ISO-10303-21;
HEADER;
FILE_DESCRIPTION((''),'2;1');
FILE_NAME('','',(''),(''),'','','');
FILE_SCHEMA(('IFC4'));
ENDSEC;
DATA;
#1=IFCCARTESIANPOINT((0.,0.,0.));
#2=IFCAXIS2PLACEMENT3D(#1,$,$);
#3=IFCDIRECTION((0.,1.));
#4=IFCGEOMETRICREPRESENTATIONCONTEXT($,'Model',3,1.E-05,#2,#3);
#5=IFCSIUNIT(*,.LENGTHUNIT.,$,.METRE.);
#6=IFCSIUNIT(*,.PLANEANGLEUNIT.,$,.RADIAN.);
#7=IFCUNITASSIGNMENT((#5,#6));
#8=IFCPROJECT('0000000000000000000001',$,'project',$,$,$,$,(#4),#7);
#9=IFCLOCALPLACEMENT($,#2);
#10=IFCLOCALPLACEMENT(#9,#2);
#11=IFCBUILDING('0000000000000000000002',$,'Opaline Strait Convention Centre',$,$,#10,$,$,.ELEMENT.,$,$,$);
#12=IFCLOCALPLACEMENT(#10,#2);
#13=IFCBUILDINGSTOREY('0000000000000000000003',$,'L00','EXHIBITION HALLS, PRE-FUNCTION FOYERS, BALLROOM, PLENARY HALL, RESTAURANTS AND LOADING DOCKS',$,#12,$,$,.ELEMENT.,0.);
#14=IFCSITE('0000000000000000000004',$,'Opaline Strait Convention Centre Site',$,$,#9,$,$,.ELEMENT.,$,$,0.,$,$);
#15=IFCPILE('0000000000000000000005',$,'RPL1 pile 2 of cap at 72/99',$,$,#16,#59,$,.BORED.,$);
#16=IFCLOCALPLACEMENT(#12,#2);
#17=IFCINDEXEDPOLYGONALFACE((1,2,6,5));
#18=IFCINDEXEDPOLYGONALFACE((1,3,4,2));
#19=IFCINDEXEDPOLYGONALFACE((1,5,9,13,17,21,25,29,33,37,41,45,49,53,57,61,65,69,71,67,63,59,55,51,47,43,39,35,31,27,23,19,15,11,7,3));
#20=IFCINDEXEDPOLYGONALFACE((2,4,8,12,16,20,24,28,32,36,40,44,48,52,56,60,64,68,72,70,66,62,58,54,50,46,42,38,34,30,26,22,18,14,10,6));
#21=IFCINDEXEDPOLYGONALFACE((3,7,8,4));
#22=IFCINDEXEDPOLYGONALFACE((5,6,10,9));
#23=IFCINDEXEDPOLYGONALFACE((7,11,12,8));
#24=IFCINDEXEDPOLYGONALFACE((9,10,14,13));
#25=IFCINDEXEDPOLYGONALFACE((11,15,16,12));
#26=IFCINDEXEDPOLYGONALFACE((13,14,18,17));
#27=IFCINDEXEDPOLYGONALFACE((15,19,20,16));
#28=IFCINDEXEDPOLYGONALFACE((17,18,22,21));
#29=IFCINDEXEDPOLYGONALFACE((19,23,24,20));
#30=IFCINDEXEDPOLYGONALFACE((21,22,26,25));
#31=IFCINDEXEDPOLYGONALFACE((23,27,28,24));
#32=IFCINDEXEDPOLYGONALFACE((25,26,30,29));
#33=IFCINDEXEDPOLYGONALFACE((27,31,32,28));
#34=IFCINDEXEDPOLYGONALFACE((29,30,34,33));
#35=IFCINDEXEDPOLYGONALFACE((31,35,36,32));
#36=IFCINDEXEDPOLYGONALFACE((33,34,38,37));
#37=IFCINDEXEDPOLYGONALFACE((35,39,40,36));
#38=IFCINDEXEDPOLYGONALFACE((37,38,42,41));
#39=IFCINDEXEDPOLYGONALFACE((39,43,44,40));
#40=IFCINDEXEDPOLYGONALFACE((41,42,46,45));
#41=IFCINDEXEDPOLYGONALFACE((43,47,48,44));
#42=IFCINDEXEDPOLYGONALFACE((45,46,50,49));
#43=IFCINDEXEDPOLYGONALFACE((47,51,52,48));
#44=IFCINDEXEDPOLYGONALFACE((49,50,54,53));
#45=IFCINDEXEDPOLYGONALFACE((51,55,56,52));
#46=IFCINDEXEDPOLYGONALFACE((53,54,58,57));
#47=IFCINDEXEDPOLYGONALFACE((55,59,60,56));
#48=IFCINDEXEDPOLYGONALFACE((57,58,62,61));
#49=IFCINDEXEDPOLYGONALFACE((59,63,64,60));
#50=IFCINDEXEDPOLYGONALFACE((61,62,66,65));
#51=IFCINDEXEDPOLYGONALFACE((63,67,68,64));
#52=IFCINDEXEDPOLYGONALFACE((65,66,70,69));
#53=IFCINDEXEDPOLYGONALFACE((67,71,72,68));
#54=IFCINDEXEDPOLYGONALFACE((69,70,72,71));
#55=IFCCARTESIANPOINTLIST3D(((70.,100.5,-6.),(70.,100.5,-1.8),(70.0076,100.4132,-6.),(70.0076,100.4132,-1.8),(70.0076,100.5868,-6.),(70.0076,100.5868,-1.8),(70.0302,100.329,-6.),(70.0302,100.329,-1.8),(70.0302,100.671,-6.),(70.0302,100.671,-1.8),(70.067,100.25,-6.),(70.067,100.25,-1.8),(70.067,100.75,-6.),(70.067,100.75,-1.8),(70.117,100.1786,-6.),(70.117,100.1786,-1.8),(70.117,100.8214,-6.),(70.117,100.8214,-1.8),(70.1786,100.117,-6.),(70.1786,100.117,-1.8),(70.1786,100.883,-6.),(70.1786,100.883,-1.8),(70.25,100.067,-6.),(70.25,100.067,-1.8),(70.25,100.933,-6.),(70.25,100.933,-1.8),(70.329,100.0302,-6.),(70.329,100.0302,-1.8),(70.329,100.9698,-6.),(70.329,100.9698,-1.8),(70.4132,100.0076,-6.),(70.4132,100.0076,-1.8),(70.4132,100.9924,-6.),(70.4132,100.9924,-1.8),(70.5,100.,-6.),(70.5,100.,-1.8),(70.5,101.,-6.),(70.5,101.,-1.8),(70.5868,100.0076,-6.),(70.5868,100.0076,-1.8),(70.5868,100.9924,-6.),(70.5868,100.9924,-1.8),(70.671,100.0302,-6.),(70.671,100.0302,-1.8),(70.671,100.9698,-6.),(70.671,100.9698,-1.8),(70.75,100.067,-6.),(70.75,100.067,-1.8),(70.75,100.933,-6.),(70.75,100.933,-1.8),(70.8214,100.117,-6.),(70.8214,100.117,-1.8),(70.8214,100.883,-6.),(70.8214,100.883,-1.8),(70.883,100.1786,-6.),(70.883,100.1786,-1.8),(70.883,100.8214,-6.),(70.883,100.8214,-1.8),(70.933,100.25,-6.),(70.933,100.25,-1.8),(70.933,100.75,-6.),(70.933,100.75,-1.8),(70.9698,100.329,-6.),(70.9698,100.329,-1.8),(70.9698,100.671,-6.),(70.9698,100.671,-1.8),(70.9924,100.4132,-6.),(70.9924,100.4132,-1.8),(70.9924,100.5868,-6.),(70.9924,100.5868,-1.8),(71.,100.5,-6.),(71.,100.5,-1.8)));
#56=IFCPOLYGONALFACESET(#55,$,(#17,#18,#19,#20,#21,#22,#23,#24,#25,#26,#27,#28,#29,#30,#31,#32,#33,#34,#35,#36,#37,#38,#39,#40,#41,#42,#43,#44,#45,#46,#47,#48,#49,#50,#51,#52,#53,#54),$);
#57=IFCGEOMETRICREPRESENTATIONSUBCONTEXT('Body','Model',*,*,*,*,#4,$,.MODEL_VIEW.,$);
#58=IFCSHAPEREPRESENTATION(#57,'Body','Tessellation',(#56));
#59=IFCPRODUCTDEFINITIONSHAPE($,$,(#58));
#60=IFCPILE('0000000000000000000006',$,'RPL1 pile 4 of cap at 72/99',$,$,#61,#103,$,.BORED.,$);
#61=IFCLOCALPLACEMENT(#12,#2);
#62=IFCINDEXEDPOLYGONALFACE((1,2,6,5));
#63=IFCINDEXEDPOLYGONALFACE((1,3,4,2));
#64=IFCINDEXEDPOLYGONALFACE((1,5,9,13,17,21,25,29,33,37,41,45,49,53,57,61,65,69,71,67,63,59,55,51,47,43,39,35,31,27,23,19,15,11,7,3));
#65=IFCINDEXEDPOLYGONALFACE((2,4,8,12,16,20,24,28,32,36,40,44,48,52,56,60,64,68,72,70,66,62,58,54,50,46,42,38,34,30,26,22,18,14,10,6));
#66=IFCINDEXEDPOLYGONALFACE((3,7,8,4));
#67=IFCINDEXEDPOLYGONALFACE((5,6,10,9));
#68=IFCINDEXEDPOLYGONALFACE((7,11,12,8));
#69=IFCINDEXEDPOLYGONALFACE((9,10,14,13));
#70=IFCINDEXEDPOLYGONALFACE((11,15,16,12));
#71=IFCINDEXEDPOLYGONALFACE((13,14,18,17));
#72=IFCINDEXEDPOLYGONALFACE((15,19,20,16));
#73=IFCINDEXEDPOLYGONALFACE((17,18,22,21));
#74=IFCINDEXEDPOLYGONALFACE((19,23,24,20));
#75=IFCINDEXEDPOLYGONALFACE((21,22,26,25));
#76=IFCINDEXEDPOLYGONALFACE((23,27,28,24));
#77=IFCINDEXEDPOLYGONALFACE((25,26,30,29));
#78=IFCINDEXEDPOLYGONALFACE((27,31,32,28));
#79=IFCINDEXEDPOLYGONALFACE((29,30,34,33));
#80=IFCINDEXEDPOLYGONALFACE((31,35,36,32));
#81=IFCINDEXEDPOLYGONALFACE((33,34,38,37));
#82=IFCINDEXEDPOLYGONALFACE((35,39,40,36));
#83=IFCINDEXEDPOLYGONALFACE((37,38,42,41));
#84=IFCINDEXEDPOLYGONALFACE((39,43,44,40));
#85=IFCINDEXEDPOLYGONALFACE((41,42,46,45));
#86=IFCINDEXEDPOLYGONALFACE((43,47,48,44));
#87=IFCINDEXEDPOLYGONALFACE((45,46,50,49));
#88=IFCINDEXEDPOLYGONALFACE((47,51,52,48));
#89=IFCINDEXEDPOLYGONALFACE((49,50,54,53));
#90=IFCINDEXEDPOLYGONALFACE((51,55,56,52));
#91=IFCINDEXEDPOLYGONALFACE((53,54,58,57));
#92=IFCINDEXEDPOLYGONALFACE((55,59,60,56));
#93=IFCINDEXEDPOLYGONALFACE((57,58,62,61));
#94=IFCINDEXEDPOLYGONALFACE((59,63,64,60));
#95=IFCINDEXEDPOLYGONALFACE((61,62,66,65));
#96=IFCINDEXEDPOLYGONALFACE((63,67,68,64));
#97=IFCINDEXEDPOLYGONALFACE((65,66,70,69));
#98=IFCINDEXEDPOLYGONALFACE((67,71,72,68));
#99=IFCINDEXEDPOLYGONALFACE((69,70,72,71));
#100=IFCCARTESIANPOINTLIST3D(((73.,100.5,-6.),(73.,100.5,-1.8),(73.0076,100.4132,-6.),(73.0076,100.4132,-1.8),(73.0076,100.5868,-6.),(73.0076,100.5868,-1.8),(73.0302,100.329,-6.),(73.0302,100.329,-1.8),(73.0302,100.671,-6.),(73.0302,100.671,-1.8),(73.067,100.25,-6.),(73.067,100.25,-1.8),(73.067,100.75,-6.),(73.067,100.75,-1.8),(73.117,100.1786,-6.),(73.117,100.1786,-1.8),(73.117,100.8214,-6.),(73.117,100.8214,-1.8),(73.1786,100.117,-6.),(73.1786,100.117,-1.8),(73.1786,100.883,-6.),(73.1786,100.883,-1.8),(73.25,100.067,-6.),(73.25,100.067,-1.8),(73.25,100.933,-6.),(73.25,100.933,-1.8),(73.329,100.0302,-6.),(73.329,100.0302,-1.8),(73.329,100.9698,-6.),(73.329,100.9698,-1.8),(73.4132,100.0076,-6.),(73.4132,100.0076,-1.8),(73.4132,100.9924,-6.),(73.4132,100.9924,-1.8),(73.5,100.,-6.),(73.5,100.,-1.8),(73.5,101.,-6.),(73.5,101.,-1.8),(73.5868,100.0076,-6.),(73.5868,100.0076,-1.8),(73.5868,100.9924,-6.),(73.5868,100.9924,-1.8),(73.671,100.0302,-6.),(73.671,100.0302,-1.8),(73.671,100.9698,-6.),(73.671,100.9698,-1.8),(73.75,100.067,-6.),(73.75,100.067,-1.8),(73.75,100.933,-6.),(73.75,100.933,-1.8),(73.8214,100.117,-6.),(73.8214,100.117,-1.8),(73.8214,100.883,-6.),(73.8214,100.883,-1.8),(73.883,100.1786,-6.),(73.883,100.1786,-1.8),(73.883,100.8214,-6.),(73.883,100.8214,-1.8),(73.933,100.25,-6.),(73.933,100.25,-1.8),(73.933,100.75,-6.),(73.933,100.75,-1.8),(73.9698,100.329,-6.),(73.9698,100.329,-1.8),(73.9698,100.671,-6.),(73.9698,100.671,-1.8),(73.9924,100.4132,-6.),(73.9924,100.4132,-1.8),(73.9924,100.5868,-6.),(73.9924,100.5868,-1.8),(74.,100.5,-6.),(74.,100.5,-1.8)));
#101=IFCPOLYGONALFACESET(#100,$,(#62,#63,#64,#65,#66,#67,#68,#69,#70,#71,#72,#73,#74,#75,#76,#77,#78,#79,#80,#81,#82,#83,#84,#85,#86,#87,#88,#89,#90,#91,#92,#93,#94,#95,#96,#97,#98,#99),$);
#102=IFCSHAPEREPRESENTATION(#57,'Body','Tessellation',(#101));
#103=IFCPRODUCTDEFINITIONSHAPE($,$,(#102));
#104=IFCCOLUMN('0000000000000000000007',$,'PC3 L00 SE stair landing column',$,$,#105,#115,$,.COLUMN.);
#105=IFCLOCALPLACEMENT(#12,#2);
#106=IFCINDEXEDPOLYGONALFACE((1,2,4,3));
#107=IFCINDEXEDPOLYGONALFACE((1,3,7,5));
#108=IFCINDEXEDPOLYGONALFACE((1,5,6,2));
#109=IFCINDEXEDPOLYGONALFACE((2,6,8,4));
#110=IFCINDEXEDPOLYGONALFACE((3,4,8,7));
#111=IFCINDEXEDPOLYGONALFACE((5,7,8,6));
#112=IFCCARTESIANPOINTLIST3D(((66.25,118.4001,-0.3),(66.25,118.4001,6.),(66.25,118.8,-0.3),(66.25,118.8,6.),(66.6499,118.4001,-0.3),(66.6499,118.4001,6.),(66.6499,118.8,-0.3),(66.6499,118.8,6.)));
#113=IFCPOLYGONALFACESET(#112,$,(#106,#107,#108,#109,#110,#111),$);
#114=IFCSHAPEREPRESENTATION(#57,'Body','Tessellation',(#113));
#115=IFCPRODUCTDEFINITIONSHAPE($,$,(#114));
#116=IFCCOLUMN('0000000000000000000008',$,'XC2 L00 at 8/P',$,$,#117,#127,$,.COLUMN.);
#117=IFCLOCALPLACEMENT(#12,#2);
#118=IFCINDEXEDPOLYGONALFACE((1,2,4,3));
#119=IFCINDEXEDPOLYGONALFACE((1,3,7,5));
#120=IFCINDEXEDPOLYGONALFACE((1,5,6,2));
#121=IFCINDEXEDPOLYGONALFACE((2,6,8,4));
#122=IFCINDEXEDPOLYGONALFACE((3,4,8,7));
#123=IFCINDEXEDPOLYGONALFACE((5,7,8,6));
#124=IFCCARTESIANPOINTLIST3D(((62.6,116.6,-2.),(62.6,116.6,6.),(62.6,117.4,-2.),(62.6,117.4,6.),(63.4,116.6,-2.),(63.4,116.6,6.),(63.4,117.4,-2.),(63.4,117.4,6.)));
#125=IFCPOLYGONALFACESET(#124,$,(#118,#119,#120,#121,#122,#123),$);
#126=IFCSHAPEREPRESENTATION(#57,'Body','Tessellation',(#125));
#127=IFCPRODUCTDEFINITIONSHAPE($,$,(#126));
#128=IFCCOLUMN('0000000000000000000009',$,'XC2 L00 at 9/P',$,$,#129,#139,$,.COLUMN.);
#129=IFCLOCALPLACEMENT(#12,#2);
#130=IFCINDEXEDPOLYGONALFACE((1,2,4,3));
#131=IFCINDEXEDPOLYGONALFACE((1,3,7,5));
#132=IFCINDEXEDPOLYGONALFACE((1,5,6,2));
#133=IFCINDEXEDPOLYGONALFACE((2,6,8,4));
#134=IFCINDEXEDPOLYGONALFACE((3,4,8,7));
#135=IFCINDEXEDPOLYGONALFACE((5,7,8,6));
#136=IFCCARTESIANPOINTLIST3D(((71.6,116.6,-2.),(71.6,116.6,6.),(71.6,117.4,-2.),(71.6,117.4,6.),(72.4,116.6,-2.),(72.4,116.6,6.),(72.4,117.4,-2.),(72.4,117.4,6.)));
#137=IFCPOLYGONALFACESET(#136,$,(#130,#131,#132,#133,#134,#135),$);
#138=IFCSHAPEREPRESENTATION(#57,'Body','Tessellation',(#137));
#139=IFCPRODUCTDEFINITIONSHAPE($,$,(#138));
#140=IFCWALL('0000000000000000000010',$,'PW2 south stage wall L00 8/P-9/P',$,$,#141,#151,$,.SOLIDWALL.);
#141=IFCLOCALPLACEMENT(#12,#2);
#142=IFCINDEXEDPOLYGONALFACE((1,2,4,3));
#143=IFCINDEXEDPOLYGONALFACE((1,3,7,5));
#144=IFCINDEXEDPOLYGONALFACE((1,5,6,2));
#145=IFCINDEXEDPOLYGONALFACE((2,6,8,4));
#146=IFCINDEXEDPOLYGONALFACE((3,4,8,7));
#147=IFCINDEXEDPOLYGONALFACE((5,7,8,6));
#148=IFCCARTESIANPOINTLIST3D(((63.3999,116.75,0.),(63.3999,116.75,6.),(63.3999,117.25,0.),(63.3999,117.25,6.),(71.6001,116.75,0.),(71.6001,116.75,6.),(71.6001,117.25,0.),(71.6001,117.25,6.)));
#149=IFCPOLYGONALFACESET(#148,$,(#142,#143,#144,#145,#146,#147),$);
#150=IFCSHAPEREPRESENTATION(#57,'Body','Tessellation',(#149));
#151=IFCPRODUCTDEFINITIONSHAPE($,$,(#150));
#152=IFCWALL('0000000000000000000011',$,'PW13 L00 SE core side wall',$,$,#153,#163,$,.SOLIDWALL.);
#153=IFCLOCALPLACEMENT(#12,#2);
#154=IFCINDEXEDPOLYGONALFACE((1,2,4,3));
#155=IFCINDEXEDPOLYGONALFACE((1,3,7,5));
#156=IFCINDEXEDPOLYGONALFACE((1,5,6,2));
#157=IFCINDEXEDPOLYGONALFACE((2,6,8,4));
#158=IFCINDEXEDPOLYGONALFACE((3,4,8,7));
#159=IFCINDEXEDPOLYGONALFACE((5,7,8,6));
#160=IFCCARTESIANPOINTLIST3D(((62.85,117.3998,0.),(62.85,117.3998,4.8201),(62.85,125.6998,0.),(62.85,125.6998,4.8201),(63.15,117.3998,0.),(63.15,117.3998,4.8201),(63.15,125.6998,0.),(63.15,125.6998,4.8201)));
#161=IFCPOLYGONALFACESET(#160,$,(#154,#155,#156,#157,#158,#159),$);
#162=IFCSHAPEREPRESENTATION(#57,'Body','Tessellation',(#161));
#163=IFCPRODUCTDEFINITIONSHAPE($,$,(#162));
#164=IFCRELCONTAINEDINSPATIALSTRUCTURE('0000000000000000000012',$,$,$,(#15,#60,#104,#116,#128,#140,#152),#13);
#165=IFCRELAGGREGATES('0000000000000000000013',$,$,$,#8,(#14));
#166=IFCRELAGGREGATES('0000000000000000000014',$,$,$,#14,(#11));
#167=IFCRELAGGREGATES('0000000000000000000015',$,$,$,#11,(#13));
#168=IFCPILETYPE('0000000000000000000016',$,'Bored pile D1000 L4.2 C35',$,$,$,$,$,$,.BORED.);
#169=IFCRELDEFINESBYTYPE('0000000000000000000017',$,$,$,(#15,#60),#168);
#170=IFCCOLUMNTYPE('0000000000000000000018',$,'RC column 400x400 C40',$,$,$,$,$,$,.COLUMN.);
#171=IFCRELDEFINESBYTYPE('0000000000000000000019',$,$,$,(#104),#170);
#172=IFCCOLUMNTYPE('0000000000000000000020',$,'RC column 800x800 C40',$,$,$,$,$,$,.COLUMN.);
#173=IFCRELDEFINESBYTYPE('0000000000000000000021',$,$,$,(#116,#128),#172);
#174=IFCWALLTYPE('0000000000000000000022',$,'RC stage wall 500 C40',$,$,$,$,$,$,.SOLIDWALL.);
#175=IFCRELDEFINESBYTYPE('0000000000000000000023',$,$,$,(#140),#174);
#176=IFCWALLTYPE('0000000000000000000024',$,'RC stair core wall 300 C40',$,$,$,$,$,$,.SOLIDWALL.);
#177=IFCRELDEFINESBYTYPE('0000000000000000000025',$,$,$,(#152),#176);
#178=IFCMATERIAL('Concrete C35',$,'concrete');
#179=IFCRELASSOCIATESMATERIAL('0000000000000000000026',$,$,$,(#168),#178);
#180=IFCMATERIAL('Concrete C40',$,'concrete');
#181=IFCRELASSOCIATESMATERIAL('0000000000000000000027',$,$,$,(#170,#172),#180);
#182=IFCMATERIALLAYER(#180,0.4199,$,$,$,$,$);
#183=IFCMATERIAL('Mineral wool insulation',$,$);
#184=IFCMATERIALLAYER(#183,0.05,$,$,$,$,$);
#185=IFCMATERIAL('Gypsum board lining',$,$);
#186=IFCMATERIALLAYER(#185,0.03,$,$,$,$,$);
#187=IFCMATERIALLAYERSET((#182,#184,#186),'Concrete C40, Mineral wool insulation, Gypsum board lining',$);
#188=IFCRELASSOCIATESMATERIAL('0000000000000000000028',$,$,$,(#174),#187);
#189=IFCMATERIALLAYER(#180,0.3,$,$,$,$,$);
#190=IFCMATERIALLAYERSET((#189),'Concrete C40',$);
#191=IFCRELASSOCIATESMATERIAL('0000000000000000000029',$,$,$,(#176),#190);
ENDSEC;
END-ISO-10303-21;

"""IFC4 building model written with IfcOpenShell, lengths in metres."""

from ifc_helpers import new_model, si_unit, direction, frame, frame_2d, origin, origin_2d, place, context, subcontext, project, spatial, rectangle, circle, extrude, material, layer, layer_set, material_profile, profile_set, type_object, element, save


model = new_model("IFC4")

# Units and contexts
model_context = context("Model", 3, precision=1e-05, world=origin(), true_north=direction((0.0, 1.0)))
body_context = subcontext(model_context, "Body", "Model", "MODEL_VIEW")
ifc_project = project(units=[si_unit("LENGTHUNIT", "METRE"), si_unit("PLANEANGLEUNIT", "RADIAN")], contexts=[model_context])

# Site, building, storey
site_placement = place(None, origin())
site = spatial("IfcSite", under=ifc_project, at=site_placement, Name="Opaline Strait Convention Centre Site", CompositionType="ELEMENT", RefElevation=0.0)
building_placement = place(site_placement, origin())
building = spatial("IfcBuilding", under=site, at=building_placement, Name="Opaline Strait Convention Centre", CompositionType="ELEMENT")
storey_placement = place(building_placement, origin())
storey = spatial("IfcBuildingStorey", under=building, at=storey_placement, Name="L00", Description="EXHIBITION HALLS, PRE-FUNCTION FOYERS, BALLROOM, PLENARY HALL, RESTAURANTS AND LOADING DOCKS", CompositionType="ELEMENT", Elevation=0.0)

# Piles
ifc_material_1 = material(Name="Concrete C35", Category="concrete")
ifc_material_profile_1 = material_profile(ifc_material_1, circle(Radius=0.5, at=origin_2d()), Name="D1000")
ifc_profile_set_1 = profile_set([ifc_material_profile_1], Name="Concrete C35")
pile_type_1 = type_object("IfcPileType", Name="Bored pile D1000 L4.2 C35", PredefinedType="BORED", material=ifc_profile_set_1)
for number, where, z_axis, x_axis, name in (
    (1, (70.5, 100.5, -1.8), (0.0, 0.0, -1.0), (1.0, 0.0, 0.0), "RPL1 pile 2 of cap at 72/99"),
    (2, (73.5, 100.5, -1.8), (0.0, 0.0, -1.0), (1.0, 0.0, 0.0), "RPL1 pile 4 of cap at 72/99"),
):
    element("IfcPile", number, at=place(storey_placement, frame(where, z_axis=z_axis, x_axis=x_axis)), inside=storey, type_object=pile_type_1, Name=name, PredefinedType="BORED", context=body_context, shape_type="SweptSolid", body=[
        extrude(circle(Radius=0.5, at=origin_2d()), origin(), (0.0, 0.0, 1.0), 4.2),
    ])

# Columns
ifc_material_2 = material(Name="Concrete C40", Category="concrete")
ifc_material_profile_2 = material_profile(ifc_material_2, rectangle(XDim=0.3999, YDim=0.3999, at=origin_2d()), Name="RC 400x400")
ifc_profile_set_2 = profile_set([ifc_material_profile_2], Name="Concrete C40")
column_type_1 = type_object("IfcColumnType", Name="RC column 400x400 C40", PredefinedType="COLUMN", material=ifc_profile_set_2)
column_placement = place(storey_placement, frame((66.45, 118.6001, -0.3), z_axis=(0.0, 0.0, 1.0), x_axis=(1.0, 0.0, 0.0)))
element("IfcColumn", 3, at=column_placement, inside=storey, type_object=column_type_1, Name="PC3 L00 SE stair landing column", PredefinedType="COLUMN", context=body_context, shape_type="SweptSolid", body=[
    extrude(rectangle(XDim=0.3999, YDim=0.3999, at=origin_2d()), origin(), (0.0, 0.0, 1.0), 6.3),
])
ifc_material_profile_3 = material_profile(ifc_material_2, rectangle(XDim=0.8, YDim=0.8, at=origin_2d()), Name="RC 800x800")
ifc_profile_set_3 = profile_set([ifc_material_profile_3], Name="Concrete C40")
column_type_2 = type_object("IfcColumnType", Name="RC column 800x800 C40", PredefinedType="COLUMN", material=ifc_profile_set_3)
for number, where, z_axis, x_axis, name in (
    (4, (63.0, 117.0, -2.0), (0.0, 0.0, 1.0), (1.0, 0.0, 0.0), "XC2 L00 at 8/P"),
    (5, (72.0, 117.0, -2.0), (0.0, 0.0, 1.0), (1.0, 0.0, 0.0), "XC2 L00 at 9/P"),
):
    element("IfcColumn", number, at=place(storey_placement, frame(where, z_axis=z_axis, x_axis=x_axis)), inside=storey, type_object=column_type_2, Name=name, PredefinedType="COLUMN", context=body_context, shape_type="SweptSolid", body=[
        extrude(rectangle(XDim=0.8, YDim=0.8, at=origin_2d()), origin(), (0.0, 0.0, 1.0), 8.0),
    ])

# Shared definitions
ifc_material_3 = material(Name="Mineral wool insulation")
ifc_material_4 = material(Name="Gypsum board lining")

# Walls
ifc_layer_1 = layer(ifc_material_2, 0.4199)
ifc_layer_2 = layer(ifc_material_3, 0.05)
ifc_layer_3 = layer(ifc_material_4, 0.03)
ifc_layer_set_1 = layer_set([ifc_layer_1, ifc_layer_2, ifc_layer_3], Name="Concrete C40, Mineral wool insulation, Gypsum board lining")
wall_type_1 = type_object("IfcWallType", Name="RC stage wall 500 C40", PredefinedType="SOLIDWALL", material=ifc_layer_set_1)
wall_1_placement = place(storey_placement, frame((63.3999, 117.0, 0.0), z_axis=(0.0, 0.0, 1.0), x_axis=(1.0, 0.0, 0.0)))
element("IfcWall", 6, at=wall_1_placement, inside=storey, type_object=wall_type_1, Name="PW2 south stage wall L00 8/P-9/P", PredefinedType="SOLIDWALL", context=body_context, shape_type="SweptSolid", body=[
    extrude(rectangle(XDim=8.2002, YDim=0.5, at=frame_2d((4.1001, 0.0))), origin(), (0.0, 0.0, 1.0), 6.0),
])
ifc_layer_4 = layer(ifc_material_2, 0.3)
ifc_layer_set_2 = layer_set([ifc_layer_4], Name="Concrete C40")
wall_type_2 = type_object("IfcWallType", Name="RC stair core wall 300 C40", PredefinedType="SOLIDWALL", material=ifc_layer_set_2)
wall_2_placement = place(storey_placement, frame((63.0, 117.3999, 0.0), z_axis=(0.0, 0.0, 1.0), x_axis=(0.0, 1.0, 0.0)))
element("IfcWall", 7, at=wall_2_placement, inside=storey, type_object=wall_type_2, Name="PW13 L00 SE core side wall", PredefinedType="SOLIDWALL", context=body_context, shape_type="SweptSolid", body=[
    extrude(rectangle(XDim=8.3, YDim=0.3, at=frame_2d((4.1499, 0.0))), origin(), (0.0, 0.0, 1.0), 4.8201),
])

save(model, "model.ifc")
